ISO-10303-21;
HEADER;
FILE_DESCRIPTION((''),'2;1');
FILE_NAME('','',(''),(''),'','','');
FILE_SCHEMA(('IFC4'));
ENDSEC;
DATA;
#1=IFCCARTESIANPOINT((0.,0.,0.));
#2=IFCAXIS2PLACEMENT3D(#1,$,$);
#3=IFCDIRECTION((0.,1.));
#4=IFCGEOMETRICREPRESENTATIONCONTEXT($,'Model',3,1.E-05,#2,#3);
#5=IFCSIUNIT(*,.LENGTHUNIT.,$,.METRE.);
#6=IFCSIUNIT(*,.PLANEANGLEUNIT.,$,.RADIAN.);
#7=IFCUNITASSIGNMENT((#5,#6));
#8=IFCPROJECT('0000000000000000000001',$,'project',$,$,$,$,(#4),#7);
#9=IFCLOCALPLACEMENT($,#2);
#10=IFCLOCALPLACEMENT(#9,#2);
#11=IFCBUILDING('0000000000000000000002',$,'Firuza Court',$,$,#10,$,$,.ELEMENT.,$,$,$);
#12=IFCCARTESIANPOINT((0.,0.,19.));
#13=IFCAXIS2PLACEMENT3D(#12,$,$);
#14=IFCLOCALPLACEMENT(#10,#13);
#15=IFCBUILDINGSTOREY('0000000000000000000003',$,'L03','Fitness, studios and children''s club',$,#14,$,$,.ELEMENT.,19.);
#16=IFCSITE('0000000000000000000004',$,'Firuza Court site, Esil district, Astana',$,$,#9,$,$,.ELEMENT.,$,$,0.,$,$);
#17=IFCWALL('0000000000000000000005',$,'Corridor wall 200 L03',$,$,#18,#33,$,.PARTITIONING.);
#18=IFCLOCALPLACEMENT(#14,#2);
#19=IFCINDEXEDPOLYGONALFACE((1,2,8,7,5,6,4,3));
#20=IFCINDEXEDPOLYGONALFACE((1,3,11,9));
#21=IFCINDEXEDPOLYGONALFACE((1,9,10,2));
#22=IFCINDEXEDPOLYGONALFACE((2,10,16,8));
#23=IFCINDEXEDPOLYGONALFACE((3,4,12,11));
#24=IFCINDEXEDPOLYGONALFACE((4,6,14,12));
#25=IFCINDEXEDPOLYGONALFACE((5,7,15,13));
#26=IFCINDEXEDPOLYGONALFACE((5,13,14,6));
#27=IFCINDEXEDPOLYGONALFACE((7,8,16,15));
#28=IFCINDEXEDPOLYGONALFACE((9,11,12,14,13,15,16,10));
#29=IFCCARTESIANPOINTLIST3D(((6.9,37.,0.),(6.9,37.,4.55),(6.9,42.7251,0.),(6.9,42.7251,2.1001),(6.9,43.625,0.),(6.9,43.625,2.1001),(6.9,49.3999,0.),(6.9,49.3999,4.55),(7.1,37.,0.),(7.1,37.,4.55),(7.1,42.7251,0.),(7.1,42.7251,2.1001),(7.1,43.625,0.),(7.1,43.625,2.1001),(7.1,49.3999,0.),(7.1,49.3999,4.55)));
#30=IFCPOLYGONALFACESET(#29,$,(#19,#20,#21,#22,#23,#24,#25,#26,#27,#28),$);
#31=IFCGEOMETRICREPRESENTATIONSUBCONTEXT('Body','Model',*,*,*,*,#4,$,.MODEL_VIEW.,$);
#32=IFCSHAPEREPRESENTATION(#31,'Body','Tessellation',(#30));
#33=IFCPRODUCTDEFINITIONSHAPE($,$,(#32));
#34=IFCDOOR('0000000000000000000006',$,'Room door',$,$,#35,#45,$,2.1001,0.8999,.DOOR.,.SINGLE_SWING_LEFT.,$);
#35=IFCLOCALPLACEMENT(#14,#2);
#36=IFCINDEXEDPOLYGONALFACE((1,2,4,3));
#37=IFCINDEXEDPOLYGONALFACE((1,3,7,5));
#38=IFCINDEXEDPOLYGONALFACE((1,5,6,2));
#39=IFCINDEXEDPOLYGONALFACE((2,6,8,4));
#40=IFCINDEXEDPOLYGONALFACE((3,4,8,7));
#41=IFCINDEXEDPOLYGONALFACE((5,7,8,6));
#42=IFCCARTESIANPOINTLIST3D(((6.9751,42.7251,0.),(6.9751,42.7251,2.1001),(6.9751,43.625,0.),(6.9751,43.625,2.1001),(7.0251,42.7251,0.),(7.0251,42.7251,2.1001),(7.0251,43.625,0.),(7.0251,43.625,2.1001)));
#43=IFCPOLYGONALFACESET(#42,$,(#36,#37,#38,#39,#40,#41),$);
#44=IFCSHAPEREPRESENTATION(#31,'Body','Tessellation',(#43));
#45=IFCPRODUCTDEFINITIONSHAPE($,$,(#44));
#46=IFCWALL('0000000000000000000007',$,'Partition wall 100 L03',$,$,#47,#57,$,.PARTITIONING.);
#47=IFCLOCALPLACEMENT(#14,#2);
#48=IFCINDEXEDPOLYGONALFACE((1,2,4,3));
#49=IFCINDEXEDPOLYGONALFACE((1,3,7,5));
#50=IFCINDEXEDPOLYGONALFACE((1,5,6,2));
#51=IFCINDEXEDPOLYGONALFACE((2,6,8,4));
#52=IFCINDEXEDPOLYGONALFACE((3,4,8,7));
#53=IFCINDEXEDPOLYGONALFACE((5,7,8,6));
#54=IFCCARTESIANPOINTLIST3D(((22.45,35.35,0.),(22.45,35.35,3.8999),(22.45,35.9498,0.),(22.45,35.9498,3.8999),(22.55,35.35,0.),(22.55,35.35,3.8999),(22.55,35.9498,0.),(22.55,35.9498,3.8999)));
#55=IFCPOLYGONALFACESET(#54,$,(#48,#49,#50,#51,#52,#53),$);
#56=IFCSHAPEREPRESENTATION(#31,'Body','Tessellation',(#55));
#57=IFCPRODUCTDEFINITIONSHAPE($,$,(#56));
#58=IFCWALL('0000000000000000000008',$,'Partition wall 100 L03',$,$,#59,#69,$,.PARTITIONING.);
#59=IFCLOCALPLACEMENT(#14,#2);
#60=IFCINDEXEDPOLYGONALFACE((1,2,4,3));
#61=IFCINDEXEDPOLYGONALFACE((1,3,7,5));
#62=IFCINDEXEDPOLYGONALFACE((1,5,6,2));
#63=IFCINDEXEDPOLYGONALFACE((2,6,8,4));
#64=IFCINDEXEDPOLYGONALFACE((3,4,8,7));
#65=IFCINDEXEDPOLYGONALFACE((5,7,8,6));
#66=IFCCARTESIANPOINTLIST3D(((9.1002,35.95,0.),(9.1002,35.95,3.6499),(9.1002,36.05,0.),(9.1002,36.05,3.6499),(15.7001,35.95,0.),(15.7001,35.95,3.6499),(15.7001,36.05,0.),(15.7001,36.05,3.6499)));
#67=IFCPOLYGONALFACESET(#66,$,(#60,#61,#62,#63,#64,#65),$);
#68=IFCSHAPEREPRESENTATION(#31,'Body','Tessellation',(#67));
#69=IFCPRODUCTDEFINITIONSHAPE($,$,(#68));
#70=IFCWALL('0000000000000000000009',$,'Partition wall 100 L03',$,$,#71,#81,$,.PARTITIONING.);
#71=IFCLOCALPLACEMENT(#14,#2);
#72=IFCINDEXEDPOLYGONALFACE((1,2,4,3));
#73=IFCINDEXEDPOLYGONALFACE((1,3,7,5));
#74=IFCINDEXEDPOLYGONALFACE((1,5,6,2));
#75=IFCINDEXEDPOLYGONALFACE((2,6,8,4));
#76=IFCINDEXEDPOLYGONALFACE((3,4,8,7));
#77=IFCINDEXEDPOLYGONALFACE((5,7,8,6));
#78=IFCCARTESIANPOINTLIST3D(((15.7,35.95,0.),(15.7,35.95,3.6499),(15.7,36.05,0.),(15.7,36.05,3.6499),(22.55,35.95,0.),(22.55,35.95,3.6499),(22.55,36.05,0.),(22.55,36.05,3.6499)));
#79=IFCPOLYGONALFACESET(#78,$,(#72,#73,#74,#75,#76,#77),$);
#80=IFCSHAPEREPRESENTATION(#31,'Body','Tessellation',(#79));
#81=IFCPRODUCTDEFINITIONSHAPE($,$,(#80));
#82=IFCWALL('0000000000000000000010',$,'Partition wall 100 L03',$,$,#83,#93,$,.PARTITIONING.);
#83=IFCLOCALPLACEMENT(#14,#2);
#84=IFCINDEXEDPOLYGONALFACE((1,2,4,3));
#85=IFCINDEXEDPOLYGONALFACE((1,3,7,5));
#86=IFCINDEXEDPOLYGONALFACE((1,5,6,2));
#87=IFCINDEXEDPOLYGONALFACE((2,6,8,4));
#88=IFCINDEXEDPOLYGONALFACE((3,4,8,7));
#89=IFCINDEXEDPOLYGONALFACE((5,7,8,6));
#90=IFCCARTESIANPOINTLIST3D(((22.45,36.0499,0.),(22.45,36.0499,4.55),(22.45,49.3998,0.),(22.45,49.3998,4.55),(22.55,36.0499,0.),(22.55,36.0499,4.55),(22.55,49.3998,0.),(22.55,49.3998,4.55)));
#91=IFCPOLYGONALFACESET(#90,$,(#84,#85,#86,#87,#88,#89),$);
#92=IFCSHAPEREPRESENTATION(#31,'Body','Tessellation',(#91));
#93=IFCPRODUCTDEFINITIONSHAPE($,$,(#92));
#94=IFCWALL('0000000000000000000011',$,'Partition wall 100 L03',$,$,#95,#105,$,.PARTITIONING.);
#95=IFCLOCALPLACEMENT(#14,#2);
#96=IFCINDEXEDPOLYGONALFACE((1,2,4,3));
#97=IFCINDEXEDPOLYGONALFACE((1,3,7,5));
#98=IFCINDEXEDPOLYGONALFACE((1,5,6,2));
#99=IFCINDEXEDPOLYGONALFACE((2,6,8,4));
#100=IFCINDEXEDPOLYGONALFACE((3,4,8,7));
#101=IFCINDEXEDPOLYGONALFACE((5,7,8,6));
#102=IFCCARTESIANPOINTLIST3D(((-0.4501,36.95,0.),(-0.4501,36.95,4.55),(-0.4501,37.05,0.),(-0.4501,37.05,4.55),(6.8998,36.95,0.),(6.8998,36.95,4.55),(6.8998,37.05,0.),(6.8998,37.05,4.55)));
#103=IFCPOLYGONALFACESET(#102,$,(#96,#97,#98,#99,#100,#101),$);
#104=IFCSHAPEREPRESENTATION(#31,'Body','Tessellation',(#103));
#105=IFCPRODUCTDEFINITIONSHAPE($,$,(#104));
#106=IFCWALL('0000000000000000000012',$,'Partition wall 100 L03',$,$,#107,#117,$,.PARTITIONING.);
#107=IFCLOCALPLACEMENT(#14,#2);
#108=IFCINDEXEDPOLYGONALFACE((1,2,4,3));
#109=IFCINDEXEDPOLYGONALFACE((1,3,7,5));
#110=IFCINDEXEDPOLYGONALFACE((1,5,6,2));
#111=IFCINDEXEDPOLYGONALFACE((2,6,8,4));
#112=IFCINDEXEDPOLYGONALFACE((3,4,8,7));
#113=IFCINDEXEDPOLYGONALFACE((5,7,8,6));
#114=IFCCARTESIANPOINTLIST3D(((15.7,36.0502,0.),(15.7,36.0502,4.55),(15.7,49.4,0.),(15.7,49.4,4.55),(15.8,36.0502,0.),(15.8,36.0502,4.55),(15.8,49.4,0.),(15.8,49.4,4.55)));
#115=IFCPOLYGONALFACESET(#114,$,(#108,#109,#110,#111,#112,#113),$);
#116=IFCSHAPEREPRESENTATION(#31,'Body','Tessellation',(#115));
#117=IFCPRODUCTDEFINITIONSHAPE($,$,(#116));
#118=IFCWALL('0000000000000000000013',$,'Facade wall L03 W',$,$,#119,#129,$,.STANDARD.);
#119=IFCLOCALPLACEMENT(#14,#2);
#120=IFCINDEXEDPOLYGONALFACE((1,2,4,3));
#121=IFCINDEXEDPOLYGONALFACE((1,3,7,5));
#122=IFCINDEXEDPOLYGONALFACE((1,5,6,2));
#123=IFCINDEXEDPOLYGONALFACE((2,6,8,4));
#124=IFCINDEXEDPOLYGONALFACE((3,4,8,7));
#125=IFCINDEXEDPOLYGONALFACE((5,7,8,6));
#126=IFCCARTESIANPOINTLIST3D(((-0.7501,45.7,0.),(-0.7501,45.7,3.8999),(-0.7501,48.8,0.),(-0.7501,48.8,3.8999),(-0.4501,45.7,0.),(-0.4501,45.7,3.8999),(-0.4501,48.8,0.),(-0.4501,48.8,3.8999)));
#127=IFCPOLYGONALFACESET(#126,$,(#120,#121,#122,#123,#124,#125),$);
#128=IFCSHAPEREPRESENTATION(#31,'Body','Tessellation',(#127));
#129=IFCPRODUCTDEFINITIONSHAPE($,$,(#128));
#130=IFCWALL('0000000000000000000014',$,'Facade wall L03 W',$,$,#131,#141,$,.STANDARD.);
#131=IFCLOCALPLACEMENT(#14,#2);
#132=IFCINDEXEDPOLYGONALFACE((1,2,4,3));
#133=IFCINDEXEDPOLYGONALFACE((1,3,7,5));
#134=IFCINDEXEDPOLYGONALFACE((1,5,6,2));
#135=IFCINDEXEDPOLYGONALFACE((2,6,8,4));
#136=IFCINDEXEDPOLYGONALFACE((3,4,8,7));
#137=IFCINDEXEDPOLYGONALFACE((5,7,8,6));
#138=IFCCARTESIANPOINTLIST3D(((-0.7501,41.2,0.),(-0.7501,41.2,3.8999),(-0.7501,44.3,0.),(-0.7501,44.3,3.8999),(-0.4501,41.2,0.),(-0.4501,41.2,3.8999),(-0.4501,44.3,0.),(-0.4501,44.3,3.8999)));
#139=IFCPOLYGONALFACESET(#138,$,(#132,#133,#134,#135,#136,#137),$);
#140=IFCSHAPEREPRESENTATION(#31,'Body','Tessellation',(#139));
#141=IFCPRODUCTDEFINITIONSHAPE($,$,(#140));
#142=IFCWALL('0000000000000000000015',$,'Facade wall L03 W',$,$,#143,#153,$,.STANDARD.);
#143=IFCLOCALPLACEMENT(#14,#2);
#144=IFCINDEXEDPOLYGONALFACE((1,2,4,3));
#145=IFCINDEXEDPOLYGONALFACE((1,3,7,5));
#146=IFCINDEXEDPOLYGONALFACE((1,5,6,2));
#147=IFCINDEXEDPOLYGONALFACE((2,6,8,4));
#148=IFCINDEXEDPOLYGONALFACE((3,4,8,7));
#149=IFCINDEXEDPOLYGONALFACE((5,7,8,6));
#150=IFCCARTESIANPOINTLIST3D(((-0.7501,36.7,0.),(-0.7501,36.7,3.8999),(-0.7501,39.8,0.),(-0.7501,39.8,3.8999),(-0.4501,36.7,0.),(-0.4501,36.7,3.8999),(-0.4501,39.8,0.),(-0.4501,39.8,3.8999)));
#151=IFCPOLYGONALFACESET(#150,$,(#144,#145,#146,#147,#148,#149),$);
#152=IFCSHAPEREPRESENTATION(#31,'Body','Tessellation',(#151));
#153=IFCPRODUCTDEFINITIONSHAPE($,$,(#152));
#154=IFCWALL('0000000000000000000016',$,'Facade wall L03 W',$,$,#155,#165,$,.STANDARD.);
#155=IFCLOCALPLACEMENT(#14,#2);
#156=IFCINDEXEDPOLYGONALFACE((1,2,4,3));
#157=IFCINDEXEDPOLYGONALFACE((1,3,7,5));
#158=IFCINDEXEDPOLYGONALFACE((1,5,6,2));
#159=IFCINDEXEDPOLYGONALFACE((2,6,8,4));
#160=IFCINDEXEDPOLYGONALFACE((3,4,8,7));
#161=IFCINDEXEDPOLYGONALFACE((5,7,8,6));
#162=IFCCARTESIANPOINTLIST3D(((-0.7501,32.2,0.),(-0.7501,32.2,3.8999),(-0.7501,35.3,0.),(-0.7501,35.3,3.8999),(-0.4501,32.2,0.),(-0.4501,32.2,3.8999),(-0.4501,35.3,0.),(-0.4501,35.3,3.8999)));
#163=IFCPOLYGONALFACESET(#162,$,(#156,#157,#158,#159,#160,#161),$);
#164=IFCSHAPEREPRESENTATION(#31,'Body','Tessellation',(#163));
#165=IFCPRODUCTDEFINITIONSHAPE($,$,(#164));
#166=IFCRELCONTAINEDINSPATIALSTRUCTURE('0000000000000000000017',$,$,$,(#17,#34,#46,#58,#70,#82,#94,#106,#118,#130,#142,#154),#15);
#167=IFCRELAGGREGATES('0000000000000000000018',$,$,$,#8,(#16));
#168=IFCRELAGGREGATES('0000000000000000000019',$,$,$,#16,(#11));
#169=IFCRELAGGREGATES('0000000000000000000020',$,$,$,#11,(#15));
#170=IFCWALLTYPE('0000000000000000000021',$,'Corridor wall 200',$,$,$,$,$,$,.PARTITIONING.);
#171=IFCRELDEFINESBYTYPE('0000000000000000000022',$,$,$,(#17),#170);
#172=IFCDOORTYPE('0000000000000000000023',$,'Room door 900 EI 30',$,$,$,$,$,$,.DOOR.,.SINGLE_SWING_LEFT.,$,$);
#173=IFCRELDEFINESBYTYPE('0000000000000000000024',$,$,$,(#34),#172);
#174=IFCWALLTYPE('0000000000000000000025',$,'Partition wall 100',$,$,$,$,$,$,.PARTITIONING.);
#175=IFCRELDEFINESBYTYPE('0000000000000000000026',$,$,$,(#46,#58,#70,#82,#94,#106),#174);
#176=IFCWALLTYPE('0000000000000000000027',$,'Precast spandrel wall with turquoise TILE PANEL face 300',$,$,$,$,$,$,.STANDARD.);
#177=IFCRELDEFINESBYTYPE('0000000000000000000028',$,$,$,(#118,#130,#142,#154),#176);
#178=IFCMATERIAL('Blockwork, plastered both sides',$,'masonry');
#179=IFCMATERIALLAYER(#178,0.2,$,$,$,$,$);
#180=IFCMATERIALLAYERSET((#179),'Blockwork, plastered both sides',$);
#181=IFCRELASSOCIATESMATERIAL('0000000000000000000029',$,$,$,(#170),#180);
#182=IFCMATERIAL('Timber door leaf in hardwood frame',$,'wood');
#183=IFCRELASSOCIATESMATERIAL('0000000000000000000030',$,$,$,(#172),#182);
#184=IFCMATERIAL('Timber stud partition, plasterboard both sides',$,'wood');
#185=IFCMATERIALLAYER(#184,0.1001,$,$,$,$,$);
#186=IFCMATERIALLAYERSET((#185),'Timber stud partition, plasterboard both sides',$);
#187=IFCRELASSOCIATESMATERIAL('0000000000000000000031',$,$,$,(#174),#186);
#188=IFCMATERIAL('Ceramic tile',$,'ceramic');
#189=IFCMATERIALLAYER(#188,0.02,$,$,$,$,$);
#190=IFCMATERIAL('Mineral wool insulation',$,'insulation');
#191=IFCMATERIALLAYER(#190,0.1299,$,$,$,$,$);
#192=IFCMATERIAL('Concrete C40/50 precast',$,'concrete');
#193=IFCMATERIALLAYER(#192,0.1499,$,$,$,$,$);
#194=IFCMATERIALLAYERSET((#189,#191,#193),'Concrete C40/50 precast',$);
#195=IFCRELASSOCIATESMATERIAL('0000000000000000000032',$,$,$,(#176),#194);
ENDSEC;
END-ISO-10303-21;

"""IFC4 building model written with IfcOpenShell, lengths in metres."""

from ifc_helpers import new_model, si_unit, direction, frame, frame_2d, origin, place, context, subcontext, project, spatial, rectangle, extrude, material, layer, layer_set, type_object, element, fill, save


model = new_model("IFC4")

# Units and contexts
model_context = context("Model", 3, precision=1e-05, world=origin(), true_north=direction((0.0, 1.0)))
body_context = subcontext(model_context, "Body", "Model", "MODEL_VIEW")
ifc_project = project(units=[si_unit("LENGTHUNIT", "METRE"), si_unit("PLANEANGLEUNIT", "RADIAN")], contexts=[model_context])

# Site, building, storey
site_placement = place(None, origin())
site = spatial("IfcSite", under=ifc_project, at=site_placement, Name="Firuza Court site, Esil district, Astana", CompositionType="ELEMENT", RefElevation=0.0)
building_placement = place(site_placement, origin())
building = spatial("IfcBuilding", under=site, at=building_placement, Name="Firuza Court", CompositionType="ELEMENT")
storey_placement = place(building_placement, frame((0.0, 0.0, 19.0)))
storey = spatial("IfcBuildingStorey", under=building, at=storey_placement, Name="L03", Description="Fitness, studios and children's club", CompositionType="ELEMENT", Elevation=19.0)

# Wall, opening, door
ifc_material_1 = material(Name="Blockwork, plastered both sides", Category="masonry")
ifc_layer_1 = layer(ifc_material_1, 0.2)
ifc_layer_set_1 = layer_set([ifc_layer_1], Name="Blockwork, plastered both sides")
wall_type_1 = type_object("IfcWallType", Name="Corridor wall 200", PredefinedType="PARTITIONING", material=ifc_layer_set_1)
ifc_material_2 = material(Name="Timber door leaf in hardwood frame", Category="wood")
door_type_1 = type_object("IfcDoorType", Name="Room door 900 EI 30", OperationType="SINGLE_SWING_LEFT", PredefinedType="DOOR", material=ifc_material_2)
wall_1_placement = place(storey_placement, frame((7.0, 49.3999, 0.0), z_axis=(0.0, 0.0, 1.0), x_axis=(0.0, -1.0, 0.0)))
wall_1 = element("IfcWall", 1, at=wall_1_placement, inside=storey, type_object=wall_type_1, Name="Corridor wall 200 L03", PredefinedType="PARTITIONING", context=body_context, shape_type="SweptSolid", body=[
    extrude(rectangle(XDim=12.3999, YDim=0.2, at=frame_2d((6.2, 0.0))), origin(), (0.0, 0.0, 1.0), 4.55),
])
opening_1_placement = place(wall_1_placement, frame((5.7749, 0.0, 0.0)))
opening_1 = element("IfcOpeningElement", 2, at=opening_1_placement, cuts=wall_1, PredefinedType="OPENING", context=body_context, shape_type="SweptSolid", body=[
    extrude(rectangle(XDim=0.8999, YDim=2.1001, at=frame_2d((0.45, 1.05))), frame((0.0, 0.1118, 0.0), z_axis=(0.0, -1.0, 0.0), x_axis=(1.0, 0.0, 0.0)), (0.0, 0.0, 1.0), 0.2239),
])
door_1_placement = place(opening_1_placement, frame((0.8999, 0.0, 0.0), z_axis=(0.0, 0.0, 1.0), x_axis=(-1.0, 0.0, 0.0)))
door_1 = element("IfcDoor", 3, at=door_1_placement, inside=storey, type_object=door_type_1, Name="Room door", OperationType="SINGLE_SWING_LEFT", OverallHeight=2.1001, OverallWidth=0.8999, PredefinedType="DOOR", context=body_context, shape_type="SweptSolid", body=[
    extrude(rectangle(XDim=0.8999, YDim=2.1001, at=frame_2d((0.45, 1.05))), frame((0.0, 0.0249, 0.0), z_axis=(0.0, -1.0, 0.0), x_axis=(1.0, 0.0, 0.0)), (0.0, 0.0, 1.0), 0.05),
])
fill(opening_1, door_1)

# Walls
ifc_material_3 = material(Name="Timber stud partition, plasterboard both sides", Category="wood")
ifc_layer_2 = layer(ifc_material_3, 0.1001)
ifc_layer_set_2 = layer_set([ifc_layer_2], Name="Timber stud partition, plasterboard both sides")
wall_type_2 = type_object("IfcWallType", Name="Partition wall 100", PredefinedType="PARTITIONING", material=ifc_layer_set_2)
wall_2_placement = place(storey_placement, frame((22.5, 35.3501, 0.0), z_axis=(0.0, 0.0, 1.0), x_axis=(0.0, 1.0, 0.0)))
element("IfcWall", 4, at=wall_2_placement, inside=storey, type_object=wall_type_2, Name="Partition wall 100 L03", PredefinedType="PARTITIONING", context=body_context, shape_type="SweptSolid", body=[
    extrude(rectangle(XDim=0.5999, YDim=0.1001, at=frame_2d((0.2998, 0.0))), origin(), (0.0, 0.0, 1.0), 3.8999),
])
wall_3_placement = place(storey_placement, frame((15.7, 36.0, 0.0), z_axis=(0.0, 0.0, 1.0), x_axis=(-1.0, 0.0, 0.0)))
element("IfcWall", 5, at=wall_3_placement, inside=storey, type_object=wall_type_2, Name="Partition wall 100 L03", PredefinedType="PARTITIONING", context=body_context, shape_type="SweptSolid", body=[
    extrude(rectangle(XDim=6.5999, YDim=0.1001, at=frame_2d((3.2998, 0.0))), origin(), (0.0, 0.0, 1.0), 3.6499),
])
wall_4_placement = place(storey_placement, frame((22.55, 36.0, 0.0), z_axis=(0.0, 0.0, 1.0), x_axis=(-1.0, 0.0, 0.0)))
element("IfcWall", 6, at=wall_4_placement, inside=storey, type_object=wall_type_2, Name="Partition wall 100 L03", PredefinedType="PARTITIONING", context=body_context, shape_type="SweptSolid", body=[
    extrude(rectangle(XDim=6.8501, YDim=0.1001, at=frame_2d((3.425, 0.0))), origin(), (0.0, 0.0, 1.0), 3.6499),
])
wall_5_placement = place(storey_placement, frame((22.5, 36.05, 0.0), z_axis=(0.0, 0.0, 1.0), x_axis=(0.0, 1.0, 0.0)))
element("IfcWall", 7, at=wall_5_placement, inside=storey, type_object=wall_type_2, Name="Partition wall 100 L03", PredefinedType="PARTITIONING", context=body_context, shape_type="SweptSolid", body=[
    extrude(rectangle(XDim=13.3499, YDim=0.1001, at=frame_2d((6.6748, 0.0))), origin(), (0.0, 0.0, 1.0), 4.55),
])
wall_6_placement = place(storey_placement, frame((-0.45, 37.0, 0.0), z_axis=(0.0, 0.0, 1.0), x_axis=(1.0, 0.0, 0.0)))
element("IfcWall", 8, at=wall_6_placement, inside=storey, type_object=wall_type_2, Name="Partition wall 100 L03", PredefinedType="PARTITIONING", context=body_context, shape_type="SweptSolid", body=[
    extrude(rectangle(XDim=7.3499, YDim=0.1001, at=frame_2d((3.6748, 0.0))), origin(), (0.0, 0.0, 1.0), 4.55),
])
wall_7_placement = place(storey_placement, frame((15.75, 49.3999, 0.0), z_axis=(0.0, 0.0, 1.0), x_axis=(0.0, -1.0, 0.0)))
element("IfcWall", 9, at=wall_7_placement, inside=storey, type_object=wall_type_2, Name="Partition wall 100 L03", PredefinedType="PARTITIONING", context=body_context, shape_type="SweptSolid", body=[
    extrude(rectangle(XDim=13.3499, YDim=0.1001, at=frame_2d((6.6748, 0.0))), origin(), (0.0, 0.0, 1.0), 4.55),
])
ifc_material_4 = material(Name="Ceramic tile", Category="ceramic")
ifc_layer_3 = layer(ifc_material_4, 0.02)
ifc_material_5 = material(Name="Mineral wool insulation", Category="insulation")
ifc_layer_4 = layer(ifc_material_5, 0.1299)
ifc_material_6 = material(Name="Concrete C40/50 precast", Category="concrete")
ifc_layer_5 = layer(ifc_material_6, 0.1499)
ifc_layer_set_3 = layer_set([ifc_layer_3, ifc_layer_4, ifc_layer_5], Name="Concrete C40/50 precast")
wall_type_3 = type_object("IfcWallType", Name="Precast spandrel wall with turquoise TILE PANEL face 300", PredefinedType="STANDARD", material=ifc_layer_set_3)
for number, where, z_axis, x_axis, name in (
    (10, (-0.6001, 48.8, 0.0), (0.0, 0.0, 1.0), (0.0, -1.0, 0.0), "Facade wall L03 W"),
    (11, (-0.6001, 44.3, 0.0), (0.0, 0.0, 1.0), (0.0, -1.0, 0.0), "Facade wall L03 W"),
    (12, (-0.6001, 39.8, 0.0), (0.0, 0.0, 1.0), (0.0, -1.0, 0.0), "Facade wall L03 W"),
    (13, (-0.6001, 35.3, 0.0), (0.0, 0.0, 1.0), (0.0, -1.0, 0.0), "Facade wall L03 W"),
):
    element("IfcWall", number, at=place(storey_placement, frame(where, z_axis=z_axis, x_axis=x_axis)), inside=storey, type_object=wall_type_3, Name=name, PredefinedType="STANDARD", context=body_context, shape_type="SweptSolid", body=[
        extrude(rectangle(XDim=3.1001, YDim=0.3, at=frame_2d((1.55, 0.0))), origin(), (0.0, 0.0, 1.0), 3.8999),
    ])

save(model, "model.ifc")
